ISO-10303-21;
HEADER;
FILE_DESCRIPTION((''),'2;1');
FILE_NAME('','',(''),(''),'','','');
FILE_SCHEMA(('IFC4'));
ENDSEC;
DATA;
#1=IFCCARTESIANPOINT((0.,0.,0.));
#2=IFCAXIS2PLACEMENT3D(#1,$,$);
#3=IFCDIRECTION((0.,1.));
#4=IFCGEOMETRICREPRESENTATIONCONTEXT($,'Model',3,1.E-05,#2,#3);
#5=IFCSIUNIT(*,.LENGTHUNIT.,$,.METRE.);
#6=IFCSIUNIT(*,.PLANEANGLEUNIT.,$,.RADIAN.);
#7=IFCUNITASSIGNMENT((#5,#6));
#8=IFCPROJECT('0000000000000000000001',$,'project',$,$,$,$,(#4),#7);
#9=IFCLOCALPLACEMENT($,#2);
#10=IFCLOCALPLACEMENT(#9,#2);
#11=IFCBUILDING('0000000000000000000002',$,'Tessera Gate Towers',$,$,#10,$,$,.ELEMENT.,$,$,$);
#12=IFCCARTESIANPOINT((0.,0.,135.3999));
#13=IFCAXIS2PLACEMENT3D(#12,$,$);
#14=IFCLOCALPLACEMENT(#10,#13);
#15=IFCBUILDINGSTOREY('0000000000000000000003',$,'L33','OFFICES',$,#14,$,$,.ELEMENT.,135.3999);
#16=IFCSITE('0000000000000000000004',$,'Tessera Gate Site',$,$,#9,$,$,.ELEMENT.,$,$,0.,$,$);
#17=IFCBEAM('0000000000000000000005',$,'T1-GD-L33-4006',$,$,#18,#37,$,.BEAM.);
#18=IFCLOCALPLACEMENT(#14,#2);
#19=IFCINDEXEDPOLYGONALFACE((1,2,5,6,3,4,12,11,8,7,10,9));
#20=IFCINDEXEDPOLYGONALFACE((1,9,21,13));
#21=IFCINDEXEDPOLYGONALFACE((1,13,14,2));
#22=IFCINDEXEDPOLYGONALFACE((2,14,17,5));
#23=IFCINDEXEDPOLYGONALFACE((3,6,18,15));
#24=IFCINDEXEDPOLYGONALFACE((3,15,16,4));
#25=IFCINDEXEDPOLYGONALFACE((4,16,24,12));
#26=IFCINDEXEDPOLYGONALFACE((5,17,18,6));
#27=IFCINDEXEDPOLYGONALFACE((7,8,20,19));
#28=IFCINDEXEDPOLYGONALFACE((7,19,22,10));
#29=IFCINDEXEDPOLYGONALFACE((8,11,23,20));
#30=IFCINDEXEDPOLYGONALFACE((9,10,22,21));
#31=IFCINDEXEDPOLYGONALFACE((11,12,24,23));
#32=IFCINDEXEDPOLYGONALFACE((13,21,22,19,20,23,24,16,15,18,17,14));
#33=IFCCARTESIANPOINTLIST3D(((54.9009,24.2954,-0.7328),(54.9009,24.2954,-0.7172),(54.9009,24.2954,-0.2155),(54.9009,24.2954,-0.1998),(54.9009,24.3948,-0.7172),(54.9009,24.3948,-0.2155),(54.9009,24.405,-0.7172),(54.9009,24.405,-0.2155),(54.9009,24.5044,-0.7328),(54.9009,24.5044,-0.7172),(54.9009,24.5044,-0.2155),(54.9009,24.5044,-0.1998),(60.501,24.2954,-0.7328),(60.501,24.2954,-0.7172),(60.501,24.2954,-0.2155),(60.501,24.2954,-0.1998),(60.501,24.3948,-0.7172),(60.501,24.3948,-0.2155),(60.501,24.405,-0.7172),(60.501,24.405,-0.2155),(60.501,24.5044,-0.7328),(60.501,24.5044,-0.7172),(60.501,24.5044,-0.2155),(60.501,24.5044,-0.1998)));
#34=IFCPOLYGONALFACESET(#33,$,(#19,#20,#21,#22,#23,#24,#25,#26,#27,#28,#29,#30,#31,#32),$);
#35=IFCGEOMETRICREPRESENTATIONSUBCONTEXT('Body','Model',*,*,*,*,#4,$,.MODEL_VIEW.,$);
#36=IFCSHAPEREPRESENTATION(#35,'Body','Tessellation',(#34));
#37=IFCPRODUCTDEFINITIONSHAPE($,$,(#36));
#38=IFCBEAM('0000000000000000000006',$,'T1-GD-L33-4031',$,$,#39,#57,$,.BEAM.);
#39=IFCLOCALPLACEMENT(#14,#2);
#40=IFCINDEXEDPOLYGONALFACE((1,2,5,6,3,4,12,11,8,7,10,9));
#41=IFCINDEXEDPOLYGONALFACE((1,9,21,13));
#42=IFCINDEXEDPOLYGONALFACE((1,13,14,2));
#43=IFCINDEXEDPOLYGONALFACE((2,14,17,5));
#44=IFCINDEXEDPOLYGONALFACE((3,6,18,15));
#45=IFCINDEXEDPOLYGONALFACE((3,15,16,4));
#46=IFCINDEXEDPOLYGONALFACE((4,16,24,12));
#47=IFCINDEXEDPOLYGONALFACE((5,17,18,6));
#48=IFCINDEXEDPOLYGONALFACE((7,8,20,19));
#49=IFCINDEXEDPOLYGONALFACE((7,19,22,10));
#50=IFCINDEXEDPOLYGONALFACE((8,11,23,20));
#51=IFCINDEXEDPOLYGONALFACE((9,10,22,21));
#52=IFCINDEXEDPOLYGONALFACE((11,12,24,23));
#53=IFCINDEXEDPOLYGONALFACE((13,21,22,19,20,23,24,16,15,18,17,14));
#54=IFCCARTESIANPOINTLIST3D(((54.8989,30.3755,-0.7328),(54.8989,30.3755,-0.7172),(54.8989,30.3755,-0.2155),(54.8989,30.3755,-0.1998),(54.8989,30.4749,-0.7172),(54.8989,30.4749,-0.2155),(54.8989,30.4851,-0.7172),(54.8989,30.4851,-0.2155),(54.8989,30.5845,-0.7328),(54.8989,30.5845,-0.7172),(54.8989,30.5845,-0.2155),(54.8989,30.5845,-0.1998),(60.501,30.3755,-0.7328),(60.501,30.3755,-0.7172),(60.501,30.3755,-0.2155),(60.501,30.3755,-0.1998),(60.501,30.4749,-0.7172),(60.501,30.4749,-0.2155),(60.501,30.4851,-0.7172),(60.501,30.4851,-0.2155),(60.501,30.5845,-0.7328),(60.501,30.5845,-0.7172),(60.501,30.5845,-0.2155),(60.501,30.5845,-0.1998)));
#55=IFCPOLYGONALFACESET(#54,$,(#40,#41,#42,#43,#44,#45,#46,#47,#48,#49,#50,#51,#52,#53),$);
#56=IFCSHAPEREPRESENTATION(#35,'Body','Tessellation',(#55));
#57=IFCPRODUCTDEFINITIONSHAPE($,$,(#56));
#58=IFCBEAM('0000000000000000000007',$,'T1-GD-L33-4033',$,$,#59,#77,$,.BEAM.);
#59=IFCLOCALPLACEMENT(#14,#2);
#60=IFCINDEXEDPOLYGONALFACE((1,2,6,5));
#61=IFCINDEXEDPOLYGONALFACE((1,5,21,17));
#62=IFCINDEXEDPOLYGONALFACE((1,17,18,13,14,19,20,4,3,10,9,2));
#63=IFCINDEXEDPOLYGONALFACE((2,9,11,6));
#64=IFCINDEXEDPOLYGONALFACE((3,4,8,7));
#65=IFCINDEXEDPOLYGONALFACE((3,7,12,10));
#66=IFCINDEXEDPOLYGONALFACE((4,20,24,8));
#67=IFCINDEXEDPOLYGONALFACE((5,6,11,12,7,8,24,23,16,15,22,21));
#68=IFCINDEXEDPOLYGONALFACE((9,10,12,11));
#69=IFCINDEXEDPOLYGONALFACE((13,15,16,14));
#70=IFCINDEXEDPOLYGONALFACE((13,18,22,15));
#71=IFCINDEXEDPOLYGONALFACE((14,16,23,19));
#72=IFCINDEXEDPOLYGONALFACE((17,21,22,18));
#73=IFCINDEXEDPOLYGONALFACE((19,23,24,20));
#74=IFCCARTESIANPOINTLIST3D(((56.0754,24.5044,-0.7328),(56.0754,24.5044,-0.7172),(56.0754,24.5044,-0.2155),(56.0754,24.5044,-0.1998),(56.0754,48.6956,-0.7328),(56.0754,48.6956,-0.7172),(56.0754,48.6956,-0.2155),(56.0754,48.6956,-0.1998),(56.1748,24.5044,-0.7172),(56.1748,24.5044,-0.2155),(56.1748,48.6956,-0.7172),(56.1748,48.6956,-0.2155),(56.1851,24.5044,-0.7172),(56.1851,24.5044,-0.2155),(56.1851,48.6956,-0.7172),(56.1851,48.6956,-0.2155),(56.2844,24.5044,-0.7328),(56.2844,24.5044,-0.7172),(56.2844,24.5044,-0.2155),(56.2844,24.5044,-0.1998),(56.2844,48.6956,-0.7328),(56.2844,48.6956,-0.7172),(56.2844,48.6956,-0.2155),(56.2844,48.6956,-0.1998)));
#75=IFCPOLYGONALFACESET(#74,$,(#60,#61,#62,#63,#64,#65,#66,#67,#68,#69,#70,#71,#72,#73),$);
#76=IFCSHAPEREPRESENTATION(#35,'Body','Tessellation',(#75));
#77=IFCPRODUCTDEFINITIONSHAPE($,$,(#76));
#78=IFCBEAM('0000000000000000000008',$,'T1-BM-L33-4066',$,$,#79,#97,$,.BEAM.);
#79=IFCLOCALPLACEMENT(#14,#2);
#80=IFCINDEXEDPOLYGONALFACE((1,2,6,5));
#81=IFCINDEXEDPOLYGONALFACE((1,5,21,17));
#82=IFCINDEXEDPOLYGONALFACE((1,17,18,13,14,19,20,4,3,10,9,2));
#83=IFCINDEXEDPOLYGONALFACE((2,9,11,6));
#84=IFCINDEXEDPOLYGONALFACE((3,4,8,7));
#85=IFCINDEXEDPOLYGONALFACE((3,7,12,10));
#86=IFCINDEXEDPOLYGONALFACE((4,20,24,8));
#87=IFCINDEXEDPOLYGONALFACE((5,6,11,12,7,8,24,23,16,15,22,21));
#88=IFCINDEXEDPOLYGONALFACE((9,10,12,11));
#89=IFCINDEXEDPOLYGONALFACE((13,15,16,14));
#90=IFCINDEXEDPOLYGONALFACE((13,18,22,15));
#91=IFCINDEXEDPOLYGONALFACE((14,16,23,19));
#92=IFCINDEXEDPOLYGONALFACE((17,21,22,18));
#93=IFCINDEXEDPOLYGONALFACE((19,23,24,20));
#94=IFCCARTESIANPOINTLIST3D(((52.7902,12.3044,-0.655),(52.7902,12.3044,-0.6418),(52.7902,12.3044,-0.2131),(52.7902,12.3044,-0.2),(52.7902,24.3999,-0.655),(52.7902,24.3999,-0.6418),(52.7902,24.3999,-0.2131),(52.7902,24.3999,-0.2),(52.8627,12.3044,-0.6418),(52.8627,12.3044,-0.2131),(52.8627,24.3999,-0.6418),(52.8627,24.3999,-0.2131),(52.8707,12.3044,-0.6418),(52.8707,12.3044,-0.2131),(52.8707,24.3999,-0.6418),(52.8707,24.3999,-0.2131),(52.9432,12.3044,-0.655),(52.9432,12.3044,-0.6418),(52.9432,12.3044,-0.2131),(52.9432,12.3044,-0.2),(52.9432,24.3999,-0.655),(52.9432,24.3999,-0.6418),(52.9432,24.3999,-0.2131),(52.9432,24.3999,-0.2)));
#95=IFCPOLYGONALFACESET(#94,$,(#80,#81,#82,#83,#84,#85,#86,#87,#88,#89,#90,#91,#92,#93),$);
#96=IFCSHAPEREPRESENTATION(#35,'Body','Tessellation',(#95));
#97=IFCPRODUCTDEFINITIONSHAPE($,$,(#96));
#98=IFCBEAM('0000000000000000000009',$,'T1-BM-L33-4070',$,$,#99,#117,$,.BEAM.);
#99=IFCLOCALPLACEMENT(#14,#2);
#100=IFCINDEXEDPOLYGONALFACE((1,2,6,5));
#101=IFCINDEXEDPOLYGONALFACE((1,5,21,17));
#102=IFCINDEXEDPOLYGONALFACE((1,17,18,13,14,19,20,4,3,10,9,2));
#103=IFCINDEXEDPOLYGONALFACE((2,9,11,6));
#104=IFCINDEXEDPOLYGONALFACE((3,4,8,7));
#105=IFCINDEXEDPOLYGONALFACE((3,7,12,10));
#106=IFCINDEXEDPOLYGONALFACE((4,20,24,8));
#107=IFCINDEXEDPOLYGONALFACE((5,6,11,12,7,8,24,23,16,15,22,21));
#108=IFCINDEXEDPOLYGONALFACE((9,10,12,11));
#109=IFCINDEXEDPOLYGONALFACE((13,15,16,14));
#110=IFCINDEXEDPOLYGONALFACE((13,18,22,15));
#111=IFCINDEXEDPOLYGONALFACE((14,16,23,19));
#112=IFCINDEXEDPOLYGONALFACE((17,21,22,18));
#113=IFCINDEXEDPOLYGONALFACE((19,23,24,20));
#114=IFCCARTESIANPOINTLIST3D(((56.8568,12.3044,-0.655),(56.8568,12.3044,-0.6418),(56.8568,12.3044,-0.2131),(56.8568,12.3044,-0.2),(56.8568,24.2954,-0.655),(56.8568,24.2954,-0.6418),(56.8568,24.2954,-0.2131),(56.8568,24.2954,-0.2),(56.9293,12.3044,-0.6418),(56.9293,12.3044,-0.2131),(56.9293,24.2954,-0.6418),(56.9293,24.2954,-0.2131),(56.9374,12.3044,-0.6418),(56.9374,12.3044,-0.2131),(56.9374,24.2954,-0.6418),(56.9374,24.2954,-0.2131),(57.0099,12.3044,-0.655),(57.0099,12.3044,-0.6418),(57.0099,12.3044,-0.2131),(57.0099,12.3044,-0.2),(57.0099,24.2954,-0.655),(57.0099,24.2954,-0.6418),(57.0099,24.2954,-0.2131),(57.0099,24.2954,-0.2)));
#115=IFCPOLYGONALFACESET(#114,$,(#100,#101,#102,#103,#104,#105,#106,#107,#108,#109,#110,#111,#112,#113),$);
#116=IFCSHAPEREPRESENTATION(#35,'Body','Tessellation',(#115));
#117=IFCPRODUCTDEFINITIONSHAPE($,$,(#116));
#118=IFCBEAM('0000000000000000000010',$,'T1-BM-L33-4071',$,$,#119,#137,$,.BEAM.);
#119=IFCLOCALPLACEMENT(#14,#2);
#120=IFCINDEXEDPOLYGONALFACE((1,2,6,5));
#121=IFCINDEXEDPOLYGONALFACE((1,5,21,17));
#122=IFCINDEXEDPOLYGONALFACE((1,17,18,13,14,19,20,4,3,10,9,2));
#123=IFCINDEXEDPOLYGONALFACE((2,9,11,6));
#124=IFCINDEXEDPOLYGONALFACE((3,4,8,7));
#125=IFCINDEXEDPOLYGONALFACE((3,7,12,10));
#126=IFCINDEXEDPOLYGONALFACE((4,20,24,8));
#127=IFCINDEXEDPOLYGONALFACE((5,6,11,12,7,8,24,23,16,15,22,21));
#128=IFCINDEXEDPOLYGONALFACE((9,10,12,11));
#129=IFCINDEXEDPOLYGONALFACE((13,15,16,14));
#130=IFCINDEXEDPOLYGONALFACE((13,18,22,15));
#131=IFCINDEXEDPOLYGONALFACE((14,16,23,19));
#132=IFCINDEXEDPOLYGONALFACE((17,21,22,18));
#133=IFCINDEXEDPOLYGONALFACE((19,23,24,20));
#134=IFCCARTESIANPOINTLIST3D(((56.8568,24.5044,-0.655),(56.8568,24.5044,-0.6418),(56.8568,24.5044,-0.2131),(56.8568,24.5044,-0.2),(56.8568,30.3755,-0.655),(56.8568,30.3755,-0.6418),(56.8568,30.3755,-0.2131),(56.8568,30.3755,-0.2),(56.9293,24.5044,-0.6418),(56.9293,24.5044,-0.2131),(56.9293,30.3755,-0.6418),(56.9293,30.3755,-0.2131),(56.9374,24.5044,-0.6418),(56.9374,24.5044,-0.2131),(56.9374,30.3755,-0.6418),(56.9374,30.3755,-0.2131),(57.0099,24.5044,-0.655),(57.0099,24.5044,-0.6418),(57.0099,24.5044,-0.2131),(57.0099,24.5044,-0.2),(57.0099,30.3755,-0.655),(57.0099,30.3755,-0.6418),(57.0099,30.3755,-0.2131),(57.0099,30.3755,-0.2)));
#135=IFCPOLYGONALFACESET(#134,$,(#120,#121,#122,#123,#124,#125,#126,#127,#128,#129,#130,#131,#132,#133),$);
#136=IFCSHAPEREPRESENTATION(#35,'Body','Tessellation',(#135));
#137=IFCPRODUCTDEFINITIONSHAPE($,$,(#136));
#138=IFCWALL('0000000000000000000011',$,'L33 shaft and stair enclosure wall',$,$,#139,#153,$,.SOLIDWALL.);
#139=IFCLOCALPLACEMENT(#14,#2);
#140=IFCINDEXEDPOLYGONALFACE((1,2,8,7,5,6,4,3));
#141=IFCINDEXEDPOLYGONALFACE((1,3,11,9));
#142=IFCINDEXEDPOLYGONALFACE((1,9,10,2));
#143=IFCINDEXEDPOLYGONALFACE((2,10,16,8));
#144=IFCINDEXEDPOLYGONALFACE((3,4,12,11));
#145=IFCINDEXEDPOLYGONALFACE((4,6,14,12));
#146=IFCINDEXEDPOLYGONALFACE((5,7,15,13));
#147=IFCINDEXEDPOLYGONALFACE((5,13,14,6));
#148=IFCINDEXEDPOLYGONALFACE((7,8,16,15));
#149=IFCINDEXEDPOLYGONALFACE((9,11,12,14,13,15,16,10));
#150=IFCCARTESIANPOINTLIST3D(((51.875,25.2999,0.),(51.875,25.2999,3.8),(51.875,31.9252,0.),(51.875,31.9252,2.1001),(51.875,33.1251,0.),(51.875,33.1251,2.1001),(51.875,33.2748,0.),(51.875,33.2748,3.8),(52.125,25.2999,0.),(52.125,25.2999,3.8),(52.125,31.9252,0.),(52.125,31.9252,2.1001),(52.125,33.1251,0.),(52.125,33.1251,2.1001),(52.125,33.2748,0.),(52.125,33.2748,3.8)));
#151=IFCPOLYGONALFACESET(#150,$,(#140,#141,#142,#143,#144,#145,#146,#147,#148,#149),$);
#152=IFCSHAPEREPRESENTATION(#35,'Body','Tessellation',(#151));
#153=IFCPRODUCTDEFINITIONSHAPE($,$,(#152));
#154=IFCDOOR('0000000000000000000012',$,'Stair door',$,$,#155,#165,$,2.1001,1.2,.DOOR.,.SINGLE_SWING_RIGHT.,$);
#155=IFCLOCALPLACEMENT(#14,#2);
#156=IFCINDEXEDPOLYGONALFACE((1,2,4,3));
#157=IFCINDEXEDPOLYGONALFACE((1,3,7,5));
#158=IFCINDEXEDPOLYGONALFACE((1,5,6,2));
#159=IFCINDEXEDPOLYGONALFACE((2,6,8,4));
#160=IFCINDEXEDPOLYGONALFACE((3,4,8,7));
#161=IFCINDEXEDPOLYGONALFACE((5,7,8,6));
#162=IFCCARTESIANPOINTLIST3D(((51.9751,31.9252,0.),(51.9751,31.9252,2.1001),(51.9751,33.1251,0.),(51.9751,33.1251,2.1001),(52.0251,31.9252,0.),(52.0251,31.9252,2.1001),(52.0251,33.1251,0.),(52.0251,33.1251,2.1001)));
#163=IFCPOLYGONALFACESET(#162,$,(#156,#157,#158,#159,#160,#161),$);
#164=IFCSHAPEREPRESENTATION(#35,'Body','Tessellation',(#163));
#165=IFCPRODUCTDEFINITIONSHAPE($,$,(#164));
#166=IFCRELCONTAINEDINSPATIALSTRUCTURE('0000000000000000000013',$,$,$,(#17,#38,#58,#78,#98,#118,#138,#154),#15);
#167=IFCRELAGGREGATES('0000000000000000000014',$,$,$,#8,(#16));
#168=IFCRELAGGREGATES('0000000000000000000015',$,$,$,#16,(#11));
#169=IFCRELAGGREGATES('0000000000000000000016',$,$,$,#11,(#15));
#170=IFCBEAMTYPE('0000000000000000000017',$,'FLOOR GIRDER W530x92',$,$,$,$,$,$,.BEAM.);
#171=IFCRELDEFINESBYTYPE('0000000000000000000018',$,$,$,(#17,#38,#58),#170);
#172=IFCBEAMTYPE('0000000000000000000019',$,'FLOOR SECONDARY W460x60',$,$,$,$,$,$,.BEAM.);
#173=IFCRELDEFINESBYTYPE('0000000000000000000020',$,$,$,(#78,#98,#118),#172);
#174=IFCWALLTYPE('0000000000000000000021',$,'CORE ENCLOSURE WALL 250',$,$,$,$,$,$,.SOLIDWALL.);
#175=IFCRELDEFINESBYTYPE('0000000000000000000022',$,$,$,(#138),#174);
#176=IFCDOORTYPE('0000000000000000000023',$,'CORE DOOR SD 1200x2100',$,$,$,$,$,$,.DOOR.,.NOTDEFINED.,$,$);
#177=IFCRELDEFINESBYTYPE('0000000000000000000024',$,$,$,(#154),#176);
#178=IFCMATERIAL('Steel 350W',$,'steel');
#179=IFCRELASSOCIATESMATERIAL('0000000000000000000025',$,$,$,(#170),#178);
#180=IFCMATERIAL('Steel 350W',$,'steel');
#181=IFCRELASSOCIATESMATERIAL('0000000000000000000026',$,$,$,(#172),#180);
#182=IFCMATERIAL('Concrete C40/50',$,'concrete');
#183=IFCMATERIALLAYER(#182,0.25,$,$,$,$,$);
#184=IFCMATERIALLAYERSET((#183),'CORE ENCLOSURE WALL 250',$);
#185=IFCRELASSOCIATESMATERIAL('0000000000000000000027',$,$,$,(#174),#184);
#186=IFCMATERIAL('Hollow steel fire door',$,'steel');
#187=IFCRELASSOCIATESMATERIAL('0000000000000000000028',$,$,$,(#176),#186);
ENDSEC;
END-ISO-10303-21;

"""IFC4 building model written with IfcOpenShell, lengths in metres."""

from ifc_helpers import new_model, si_unit, direction, frame, frame_2d, origin, origin_2d, place, context, subcontext, project, spatial, rectangle, i_section, extrude, source, transform, mapped, material, layer, layer_set, material_profile, profile_set, type_object, element, fill, save


model = new_model("IFC4")

# Units and contexts
model_context = context("Model", 3, precision=1e-05, world=origin(), true_north=direction((0.0, 1.0)))
body_context = subcontext(model_context, "Body", "Model", "MODEL_VIEW")
ifc_project = project(units=[si_unit("LENGTHUNIT", "METRE"), si_unit("PLANEANGLEUNIT", "RADIAN")], contexts=[model_context])

# Site, building, storey
site_placement = place(None, origin())
site = spatial("IfcSite", under=ifc_project, at=site_placement, Name="Tessera Gate Site", CompositionType="ELEMENT", RefElevation=0.0)
building_placement = place(site_placement, origin())
building = spatial("IfcBuilding", under=site, at=building_placement, Name="Tessera Gate Towers", CompositionType="ELEMENT")
storey_placement = place(building_placement, frame((0.0, 0.0, 135.3999)))
storey = spatial("IfcBuildingStorey", under=building, at=storey_placement, Name="L33", Description="OFFICES", CompositionType="ELEMENT", Elevation=135.3999)

# Beams
ifc_material_1 = material(Name="Steel 350W", Category="steel")
ifc_material_profile_1 = material_profile(ifc_material_1, i_section(OverallWidth=0.209, OverallDepth=0.533, WebThickness=0.0103, FlangeThickness=0.0156, at=origin_2d()), Name="W530x92")
ifc_profile_set_1 = profile_set([ifc_material_profile_1], Name="Steel 350W")
beam_type_1 = type_object("IfcBeamType", Name="FLOOR GIRDER W530x92", PredefinedType="BEAM", material=ifc_profile_set_1)
beam_1_placement = place(storey_placement, frame((54.9009, 24.3999, -0.4663), z_axis=(1.0, 0.0, 0.0), x_axis=(0.0, 1.0, 0.0)))
element("IfcBeam", 1, at=beam_1_placement, inside=storey, type_object=beam_type_1, Name="T1-GD-L33-4006", PredefinedType="BEAM", context=body_context, shape_type="SweptSolid", body=[
    extrude(i_section(OverallWidth=0.209, OverallDepth=0.533, WebThickness=0.0103, FlangeThickness=0.0156, at=origin_2d()), origin(), (0.0, 0.0, 1.0), 5.6001),
])
beam_2_placement = place(storey_placement, frame((54.8989, 30.48, -0.4663), z_axis=(1.0, 0.0, 0.0), x_axis=(0.0, 1.0, 0.0)))
element("IfcBeam", 2, at=beam_2_placement, inside=storey, type_object=beam_type_1, Name="T1-GD-L33-4031", PredefinedType="BEAM", context=body_context, shape_type="SweptSolid", body=[
    extrude(i_section(OverallWidth=0.209, OverallDepth=0.533, WebThickness=0.0103, FlangeThickness=0.0156, at=origin_2d()), origin(), (0.0, 0.0, 1.0), 5.6021),
])
beam_3_placement = place(storey_placement, frame((56.1799, 24.5044, -0.4663), z_axis=(0.0, 1.0, 0.0), x_axis=(-1.0, 0.0, 0.0)))
element("IfcBeam", 3, at=beam_3_placement, inside=storey, type_object=beam_type_1, Name="T1-GD-L33-4033", PredefinedType="BEAM", context=body_context, shape_type="SweptSolid", body=[
    extrude(i_section(OverallWidth=0.209, OverallDepth=0.533, WebThickness=0.0103, FlangeThickness=0.0156, at=origin_2d()), origin(), (0.0, 0.0, 1.0), 24.1912),
])
ifc_material_2 = material(Name="Steel 350W", Category="steel")
ifc_material_profile_2 = material_profile(ifc_material_2, i_section(OverallWidth=0.1531, OverallDepth=0.4551, WebThickness=0.0081, FlangeThickness=0.0132, at=origin_2d()), Name="W460x60")
ifc_profile_set_2 = profile_set([ifc_material_profile_2], Name="Steel 350W")
beam_type_2 = type_object("IfcBeamType", Name="FLOOR SECONDARY W460x60", PredefinedType="BEAM", material=ifc_profile_set_2)
beam_4_placement = place(storey_placement, frame((52.8667, 12.3044, -0.4275), z_axis=(0.0, 1.0, 0.0), x_axis=(-1.0, 0.0, 0.0)))
element("IfcBeam", 4, at=beam_4_placement, inside=storey, type_object=beam_type_2, Name="T1-BM-L33-4066", PredefinedType="BEAM", context=body_context, shape_type="SweptSolid", body=[
    extrude(i_section(OverallWidth=0.1531, OverallDepth=0.4551, WebThickness=0.0081, FlangeThickness=0.0132, at=origin_2d()), origin(), (0.0, 0.0, 1.0), 12.0955),
])
beam_5_placement = place(storey_placement, frame((56.9333, 12.3044, -0.4275), z_axis=(0.0, 1.0, 0.0), x_axis=(-1.0, 0.0, 0.0)))
element("IfcBeam", 5, at=beam_5_placement, inside=storey, type_object=beam_type_2, Name="T1-BM-L33-4070", PredefinedType="BEAM", context=body_context, shape_type="SweptSolid", body=[
    extrude(i_section(OverallWidth=0.1531, OverallDepth=0.4551, WebThickness=0.0081, FlangeThickness=0.0132, at=origin_2d()), origin(), (0.0, 0.0, 1.0), 11.991),
])
beam_6_placement = place(storey_placement, frame((56.9333, 24.5044, -0.4275), z_axis=(0.0, 1.0, 0.0), x_axis=(-1.0, 0.0, 0.0)))
element("IfcBeam", 6, at=beam_6_placement, inside=storey, type_object=beam_type_2, Name="T1-BM-L33-4071", PredefinedType="BEAM", context=body_context, shape_type="SweptSolid", body=[
    extrude(i_section(OverallWidth=0.1531, OverallDepth=0.4551, WebThickness=0.0081, FlangeThickness=0.0132, at=origin_2d()), origin(), (0.0, 0.0, 1.0), 5.8711),
])

# Wall, opening, door
ifc_material_3 = material(Name="Concrete C40/50", Category="concrete")
ifc_layer_1 = layer(ifc_material_3, 0.25)
ifc_layer_set_1 = layer_set([ifc_layer_1], Name="CORE ENCLOSURE WALL 250")
wall_type_1 = type_object("IfcWallType", Name="CORE ENCLOSURE WALL 250", PredefinedType="SOLIDWALL", material=ifc_layer_set_1)
wall_1_placement = place(storey_placement, frame((52.0, 25.3, 0.0), z_axis=(0.0, 0.0, 1.0), x_axis=(0.0, 1.0, 0.0)))
wall_1 = element("IfcWall", 7, at=wall_1_placement, inside=storey, type_object=wall_type_1, Name="L33 shaft and stair enclosure wall", PredefinedType="SOLIDWALL", context=body_context, shape_type="SweptSolid", body=[
    extrude(rectangle(XDim=7.9749, YDim=0.25, at=frame_2d((3.9873, 0.0))), origin(), (0.0, 0.0, 1.0), 3.8),
])
shared_shape_1 = source(origin(), body_context, "Body", "SweptSolid", [
    extrude(rectangle(XDim=1.2, YDim=2.1001, at=frame_2d((0.6001, 1.05))), frame((0.0, 0.135, 0.0), z_axis=(0.0, -1.0, 0.0), x_axis=(1.0, 0.0, 0.0)), (0.0, 0.0, 1.0), 0.27),
])
opening_1_placement = place(wall_1_placement, frame((6.625, 0.0, 0.0)))
opening_1 = element("IfcOpeningElement", 8, at=opening_1_placement, cuts=wall_1, PredefinedType="OPENING", context=body_context, shape_type="MappedRepresentation", body=[
    mapped(shared_shape_1, transform((0.0, 0.0, 0.0), scale=1.0)),
])
ifc_material_4 = material(Name="Hollow steel fire door", Category="steel")
door_type_1 = type_object("IfcDoorType", Name="CORE DOOR SD 1200x2100", OperationType="NOTDEFINED", PredefinedType="DOOR", material=ifc_material_4)
shared_shape_2 = source(origin(), body_context, "Body", "SweptSolid", [
    extrude(rectangle(XDim=1.2, YDim=2.1001, at=frame_2d((0.6001, 1.05))), frame((0.0, 0.0249, 0.0), z_axis=(0.0, -1.0, 0.0), x_axis=(1.0, 0.0, 0.0)), (0.0, 0.0, 1.0), 0.05),
])
door_1_placement = place(opening_1_placement, origin())
door_1 = element("IfcDoor", 9, at=door_1_placement, inside=storey, type_object=door_type_1, Name="Stair door", OperationType="SINGLE_SWING_RIGHT", OverallHeight=2.1001, OverallWidth=1.2, PredefinedType="DOOR", context=body_context, shape_type="MappedRepresentation", body=[
    mapped(shared_shape_2, transform((0.0, 0.0, 0.0), scale=1.0)),
])
fill(opening_1, door_1)

save(model, "model.ifc")
